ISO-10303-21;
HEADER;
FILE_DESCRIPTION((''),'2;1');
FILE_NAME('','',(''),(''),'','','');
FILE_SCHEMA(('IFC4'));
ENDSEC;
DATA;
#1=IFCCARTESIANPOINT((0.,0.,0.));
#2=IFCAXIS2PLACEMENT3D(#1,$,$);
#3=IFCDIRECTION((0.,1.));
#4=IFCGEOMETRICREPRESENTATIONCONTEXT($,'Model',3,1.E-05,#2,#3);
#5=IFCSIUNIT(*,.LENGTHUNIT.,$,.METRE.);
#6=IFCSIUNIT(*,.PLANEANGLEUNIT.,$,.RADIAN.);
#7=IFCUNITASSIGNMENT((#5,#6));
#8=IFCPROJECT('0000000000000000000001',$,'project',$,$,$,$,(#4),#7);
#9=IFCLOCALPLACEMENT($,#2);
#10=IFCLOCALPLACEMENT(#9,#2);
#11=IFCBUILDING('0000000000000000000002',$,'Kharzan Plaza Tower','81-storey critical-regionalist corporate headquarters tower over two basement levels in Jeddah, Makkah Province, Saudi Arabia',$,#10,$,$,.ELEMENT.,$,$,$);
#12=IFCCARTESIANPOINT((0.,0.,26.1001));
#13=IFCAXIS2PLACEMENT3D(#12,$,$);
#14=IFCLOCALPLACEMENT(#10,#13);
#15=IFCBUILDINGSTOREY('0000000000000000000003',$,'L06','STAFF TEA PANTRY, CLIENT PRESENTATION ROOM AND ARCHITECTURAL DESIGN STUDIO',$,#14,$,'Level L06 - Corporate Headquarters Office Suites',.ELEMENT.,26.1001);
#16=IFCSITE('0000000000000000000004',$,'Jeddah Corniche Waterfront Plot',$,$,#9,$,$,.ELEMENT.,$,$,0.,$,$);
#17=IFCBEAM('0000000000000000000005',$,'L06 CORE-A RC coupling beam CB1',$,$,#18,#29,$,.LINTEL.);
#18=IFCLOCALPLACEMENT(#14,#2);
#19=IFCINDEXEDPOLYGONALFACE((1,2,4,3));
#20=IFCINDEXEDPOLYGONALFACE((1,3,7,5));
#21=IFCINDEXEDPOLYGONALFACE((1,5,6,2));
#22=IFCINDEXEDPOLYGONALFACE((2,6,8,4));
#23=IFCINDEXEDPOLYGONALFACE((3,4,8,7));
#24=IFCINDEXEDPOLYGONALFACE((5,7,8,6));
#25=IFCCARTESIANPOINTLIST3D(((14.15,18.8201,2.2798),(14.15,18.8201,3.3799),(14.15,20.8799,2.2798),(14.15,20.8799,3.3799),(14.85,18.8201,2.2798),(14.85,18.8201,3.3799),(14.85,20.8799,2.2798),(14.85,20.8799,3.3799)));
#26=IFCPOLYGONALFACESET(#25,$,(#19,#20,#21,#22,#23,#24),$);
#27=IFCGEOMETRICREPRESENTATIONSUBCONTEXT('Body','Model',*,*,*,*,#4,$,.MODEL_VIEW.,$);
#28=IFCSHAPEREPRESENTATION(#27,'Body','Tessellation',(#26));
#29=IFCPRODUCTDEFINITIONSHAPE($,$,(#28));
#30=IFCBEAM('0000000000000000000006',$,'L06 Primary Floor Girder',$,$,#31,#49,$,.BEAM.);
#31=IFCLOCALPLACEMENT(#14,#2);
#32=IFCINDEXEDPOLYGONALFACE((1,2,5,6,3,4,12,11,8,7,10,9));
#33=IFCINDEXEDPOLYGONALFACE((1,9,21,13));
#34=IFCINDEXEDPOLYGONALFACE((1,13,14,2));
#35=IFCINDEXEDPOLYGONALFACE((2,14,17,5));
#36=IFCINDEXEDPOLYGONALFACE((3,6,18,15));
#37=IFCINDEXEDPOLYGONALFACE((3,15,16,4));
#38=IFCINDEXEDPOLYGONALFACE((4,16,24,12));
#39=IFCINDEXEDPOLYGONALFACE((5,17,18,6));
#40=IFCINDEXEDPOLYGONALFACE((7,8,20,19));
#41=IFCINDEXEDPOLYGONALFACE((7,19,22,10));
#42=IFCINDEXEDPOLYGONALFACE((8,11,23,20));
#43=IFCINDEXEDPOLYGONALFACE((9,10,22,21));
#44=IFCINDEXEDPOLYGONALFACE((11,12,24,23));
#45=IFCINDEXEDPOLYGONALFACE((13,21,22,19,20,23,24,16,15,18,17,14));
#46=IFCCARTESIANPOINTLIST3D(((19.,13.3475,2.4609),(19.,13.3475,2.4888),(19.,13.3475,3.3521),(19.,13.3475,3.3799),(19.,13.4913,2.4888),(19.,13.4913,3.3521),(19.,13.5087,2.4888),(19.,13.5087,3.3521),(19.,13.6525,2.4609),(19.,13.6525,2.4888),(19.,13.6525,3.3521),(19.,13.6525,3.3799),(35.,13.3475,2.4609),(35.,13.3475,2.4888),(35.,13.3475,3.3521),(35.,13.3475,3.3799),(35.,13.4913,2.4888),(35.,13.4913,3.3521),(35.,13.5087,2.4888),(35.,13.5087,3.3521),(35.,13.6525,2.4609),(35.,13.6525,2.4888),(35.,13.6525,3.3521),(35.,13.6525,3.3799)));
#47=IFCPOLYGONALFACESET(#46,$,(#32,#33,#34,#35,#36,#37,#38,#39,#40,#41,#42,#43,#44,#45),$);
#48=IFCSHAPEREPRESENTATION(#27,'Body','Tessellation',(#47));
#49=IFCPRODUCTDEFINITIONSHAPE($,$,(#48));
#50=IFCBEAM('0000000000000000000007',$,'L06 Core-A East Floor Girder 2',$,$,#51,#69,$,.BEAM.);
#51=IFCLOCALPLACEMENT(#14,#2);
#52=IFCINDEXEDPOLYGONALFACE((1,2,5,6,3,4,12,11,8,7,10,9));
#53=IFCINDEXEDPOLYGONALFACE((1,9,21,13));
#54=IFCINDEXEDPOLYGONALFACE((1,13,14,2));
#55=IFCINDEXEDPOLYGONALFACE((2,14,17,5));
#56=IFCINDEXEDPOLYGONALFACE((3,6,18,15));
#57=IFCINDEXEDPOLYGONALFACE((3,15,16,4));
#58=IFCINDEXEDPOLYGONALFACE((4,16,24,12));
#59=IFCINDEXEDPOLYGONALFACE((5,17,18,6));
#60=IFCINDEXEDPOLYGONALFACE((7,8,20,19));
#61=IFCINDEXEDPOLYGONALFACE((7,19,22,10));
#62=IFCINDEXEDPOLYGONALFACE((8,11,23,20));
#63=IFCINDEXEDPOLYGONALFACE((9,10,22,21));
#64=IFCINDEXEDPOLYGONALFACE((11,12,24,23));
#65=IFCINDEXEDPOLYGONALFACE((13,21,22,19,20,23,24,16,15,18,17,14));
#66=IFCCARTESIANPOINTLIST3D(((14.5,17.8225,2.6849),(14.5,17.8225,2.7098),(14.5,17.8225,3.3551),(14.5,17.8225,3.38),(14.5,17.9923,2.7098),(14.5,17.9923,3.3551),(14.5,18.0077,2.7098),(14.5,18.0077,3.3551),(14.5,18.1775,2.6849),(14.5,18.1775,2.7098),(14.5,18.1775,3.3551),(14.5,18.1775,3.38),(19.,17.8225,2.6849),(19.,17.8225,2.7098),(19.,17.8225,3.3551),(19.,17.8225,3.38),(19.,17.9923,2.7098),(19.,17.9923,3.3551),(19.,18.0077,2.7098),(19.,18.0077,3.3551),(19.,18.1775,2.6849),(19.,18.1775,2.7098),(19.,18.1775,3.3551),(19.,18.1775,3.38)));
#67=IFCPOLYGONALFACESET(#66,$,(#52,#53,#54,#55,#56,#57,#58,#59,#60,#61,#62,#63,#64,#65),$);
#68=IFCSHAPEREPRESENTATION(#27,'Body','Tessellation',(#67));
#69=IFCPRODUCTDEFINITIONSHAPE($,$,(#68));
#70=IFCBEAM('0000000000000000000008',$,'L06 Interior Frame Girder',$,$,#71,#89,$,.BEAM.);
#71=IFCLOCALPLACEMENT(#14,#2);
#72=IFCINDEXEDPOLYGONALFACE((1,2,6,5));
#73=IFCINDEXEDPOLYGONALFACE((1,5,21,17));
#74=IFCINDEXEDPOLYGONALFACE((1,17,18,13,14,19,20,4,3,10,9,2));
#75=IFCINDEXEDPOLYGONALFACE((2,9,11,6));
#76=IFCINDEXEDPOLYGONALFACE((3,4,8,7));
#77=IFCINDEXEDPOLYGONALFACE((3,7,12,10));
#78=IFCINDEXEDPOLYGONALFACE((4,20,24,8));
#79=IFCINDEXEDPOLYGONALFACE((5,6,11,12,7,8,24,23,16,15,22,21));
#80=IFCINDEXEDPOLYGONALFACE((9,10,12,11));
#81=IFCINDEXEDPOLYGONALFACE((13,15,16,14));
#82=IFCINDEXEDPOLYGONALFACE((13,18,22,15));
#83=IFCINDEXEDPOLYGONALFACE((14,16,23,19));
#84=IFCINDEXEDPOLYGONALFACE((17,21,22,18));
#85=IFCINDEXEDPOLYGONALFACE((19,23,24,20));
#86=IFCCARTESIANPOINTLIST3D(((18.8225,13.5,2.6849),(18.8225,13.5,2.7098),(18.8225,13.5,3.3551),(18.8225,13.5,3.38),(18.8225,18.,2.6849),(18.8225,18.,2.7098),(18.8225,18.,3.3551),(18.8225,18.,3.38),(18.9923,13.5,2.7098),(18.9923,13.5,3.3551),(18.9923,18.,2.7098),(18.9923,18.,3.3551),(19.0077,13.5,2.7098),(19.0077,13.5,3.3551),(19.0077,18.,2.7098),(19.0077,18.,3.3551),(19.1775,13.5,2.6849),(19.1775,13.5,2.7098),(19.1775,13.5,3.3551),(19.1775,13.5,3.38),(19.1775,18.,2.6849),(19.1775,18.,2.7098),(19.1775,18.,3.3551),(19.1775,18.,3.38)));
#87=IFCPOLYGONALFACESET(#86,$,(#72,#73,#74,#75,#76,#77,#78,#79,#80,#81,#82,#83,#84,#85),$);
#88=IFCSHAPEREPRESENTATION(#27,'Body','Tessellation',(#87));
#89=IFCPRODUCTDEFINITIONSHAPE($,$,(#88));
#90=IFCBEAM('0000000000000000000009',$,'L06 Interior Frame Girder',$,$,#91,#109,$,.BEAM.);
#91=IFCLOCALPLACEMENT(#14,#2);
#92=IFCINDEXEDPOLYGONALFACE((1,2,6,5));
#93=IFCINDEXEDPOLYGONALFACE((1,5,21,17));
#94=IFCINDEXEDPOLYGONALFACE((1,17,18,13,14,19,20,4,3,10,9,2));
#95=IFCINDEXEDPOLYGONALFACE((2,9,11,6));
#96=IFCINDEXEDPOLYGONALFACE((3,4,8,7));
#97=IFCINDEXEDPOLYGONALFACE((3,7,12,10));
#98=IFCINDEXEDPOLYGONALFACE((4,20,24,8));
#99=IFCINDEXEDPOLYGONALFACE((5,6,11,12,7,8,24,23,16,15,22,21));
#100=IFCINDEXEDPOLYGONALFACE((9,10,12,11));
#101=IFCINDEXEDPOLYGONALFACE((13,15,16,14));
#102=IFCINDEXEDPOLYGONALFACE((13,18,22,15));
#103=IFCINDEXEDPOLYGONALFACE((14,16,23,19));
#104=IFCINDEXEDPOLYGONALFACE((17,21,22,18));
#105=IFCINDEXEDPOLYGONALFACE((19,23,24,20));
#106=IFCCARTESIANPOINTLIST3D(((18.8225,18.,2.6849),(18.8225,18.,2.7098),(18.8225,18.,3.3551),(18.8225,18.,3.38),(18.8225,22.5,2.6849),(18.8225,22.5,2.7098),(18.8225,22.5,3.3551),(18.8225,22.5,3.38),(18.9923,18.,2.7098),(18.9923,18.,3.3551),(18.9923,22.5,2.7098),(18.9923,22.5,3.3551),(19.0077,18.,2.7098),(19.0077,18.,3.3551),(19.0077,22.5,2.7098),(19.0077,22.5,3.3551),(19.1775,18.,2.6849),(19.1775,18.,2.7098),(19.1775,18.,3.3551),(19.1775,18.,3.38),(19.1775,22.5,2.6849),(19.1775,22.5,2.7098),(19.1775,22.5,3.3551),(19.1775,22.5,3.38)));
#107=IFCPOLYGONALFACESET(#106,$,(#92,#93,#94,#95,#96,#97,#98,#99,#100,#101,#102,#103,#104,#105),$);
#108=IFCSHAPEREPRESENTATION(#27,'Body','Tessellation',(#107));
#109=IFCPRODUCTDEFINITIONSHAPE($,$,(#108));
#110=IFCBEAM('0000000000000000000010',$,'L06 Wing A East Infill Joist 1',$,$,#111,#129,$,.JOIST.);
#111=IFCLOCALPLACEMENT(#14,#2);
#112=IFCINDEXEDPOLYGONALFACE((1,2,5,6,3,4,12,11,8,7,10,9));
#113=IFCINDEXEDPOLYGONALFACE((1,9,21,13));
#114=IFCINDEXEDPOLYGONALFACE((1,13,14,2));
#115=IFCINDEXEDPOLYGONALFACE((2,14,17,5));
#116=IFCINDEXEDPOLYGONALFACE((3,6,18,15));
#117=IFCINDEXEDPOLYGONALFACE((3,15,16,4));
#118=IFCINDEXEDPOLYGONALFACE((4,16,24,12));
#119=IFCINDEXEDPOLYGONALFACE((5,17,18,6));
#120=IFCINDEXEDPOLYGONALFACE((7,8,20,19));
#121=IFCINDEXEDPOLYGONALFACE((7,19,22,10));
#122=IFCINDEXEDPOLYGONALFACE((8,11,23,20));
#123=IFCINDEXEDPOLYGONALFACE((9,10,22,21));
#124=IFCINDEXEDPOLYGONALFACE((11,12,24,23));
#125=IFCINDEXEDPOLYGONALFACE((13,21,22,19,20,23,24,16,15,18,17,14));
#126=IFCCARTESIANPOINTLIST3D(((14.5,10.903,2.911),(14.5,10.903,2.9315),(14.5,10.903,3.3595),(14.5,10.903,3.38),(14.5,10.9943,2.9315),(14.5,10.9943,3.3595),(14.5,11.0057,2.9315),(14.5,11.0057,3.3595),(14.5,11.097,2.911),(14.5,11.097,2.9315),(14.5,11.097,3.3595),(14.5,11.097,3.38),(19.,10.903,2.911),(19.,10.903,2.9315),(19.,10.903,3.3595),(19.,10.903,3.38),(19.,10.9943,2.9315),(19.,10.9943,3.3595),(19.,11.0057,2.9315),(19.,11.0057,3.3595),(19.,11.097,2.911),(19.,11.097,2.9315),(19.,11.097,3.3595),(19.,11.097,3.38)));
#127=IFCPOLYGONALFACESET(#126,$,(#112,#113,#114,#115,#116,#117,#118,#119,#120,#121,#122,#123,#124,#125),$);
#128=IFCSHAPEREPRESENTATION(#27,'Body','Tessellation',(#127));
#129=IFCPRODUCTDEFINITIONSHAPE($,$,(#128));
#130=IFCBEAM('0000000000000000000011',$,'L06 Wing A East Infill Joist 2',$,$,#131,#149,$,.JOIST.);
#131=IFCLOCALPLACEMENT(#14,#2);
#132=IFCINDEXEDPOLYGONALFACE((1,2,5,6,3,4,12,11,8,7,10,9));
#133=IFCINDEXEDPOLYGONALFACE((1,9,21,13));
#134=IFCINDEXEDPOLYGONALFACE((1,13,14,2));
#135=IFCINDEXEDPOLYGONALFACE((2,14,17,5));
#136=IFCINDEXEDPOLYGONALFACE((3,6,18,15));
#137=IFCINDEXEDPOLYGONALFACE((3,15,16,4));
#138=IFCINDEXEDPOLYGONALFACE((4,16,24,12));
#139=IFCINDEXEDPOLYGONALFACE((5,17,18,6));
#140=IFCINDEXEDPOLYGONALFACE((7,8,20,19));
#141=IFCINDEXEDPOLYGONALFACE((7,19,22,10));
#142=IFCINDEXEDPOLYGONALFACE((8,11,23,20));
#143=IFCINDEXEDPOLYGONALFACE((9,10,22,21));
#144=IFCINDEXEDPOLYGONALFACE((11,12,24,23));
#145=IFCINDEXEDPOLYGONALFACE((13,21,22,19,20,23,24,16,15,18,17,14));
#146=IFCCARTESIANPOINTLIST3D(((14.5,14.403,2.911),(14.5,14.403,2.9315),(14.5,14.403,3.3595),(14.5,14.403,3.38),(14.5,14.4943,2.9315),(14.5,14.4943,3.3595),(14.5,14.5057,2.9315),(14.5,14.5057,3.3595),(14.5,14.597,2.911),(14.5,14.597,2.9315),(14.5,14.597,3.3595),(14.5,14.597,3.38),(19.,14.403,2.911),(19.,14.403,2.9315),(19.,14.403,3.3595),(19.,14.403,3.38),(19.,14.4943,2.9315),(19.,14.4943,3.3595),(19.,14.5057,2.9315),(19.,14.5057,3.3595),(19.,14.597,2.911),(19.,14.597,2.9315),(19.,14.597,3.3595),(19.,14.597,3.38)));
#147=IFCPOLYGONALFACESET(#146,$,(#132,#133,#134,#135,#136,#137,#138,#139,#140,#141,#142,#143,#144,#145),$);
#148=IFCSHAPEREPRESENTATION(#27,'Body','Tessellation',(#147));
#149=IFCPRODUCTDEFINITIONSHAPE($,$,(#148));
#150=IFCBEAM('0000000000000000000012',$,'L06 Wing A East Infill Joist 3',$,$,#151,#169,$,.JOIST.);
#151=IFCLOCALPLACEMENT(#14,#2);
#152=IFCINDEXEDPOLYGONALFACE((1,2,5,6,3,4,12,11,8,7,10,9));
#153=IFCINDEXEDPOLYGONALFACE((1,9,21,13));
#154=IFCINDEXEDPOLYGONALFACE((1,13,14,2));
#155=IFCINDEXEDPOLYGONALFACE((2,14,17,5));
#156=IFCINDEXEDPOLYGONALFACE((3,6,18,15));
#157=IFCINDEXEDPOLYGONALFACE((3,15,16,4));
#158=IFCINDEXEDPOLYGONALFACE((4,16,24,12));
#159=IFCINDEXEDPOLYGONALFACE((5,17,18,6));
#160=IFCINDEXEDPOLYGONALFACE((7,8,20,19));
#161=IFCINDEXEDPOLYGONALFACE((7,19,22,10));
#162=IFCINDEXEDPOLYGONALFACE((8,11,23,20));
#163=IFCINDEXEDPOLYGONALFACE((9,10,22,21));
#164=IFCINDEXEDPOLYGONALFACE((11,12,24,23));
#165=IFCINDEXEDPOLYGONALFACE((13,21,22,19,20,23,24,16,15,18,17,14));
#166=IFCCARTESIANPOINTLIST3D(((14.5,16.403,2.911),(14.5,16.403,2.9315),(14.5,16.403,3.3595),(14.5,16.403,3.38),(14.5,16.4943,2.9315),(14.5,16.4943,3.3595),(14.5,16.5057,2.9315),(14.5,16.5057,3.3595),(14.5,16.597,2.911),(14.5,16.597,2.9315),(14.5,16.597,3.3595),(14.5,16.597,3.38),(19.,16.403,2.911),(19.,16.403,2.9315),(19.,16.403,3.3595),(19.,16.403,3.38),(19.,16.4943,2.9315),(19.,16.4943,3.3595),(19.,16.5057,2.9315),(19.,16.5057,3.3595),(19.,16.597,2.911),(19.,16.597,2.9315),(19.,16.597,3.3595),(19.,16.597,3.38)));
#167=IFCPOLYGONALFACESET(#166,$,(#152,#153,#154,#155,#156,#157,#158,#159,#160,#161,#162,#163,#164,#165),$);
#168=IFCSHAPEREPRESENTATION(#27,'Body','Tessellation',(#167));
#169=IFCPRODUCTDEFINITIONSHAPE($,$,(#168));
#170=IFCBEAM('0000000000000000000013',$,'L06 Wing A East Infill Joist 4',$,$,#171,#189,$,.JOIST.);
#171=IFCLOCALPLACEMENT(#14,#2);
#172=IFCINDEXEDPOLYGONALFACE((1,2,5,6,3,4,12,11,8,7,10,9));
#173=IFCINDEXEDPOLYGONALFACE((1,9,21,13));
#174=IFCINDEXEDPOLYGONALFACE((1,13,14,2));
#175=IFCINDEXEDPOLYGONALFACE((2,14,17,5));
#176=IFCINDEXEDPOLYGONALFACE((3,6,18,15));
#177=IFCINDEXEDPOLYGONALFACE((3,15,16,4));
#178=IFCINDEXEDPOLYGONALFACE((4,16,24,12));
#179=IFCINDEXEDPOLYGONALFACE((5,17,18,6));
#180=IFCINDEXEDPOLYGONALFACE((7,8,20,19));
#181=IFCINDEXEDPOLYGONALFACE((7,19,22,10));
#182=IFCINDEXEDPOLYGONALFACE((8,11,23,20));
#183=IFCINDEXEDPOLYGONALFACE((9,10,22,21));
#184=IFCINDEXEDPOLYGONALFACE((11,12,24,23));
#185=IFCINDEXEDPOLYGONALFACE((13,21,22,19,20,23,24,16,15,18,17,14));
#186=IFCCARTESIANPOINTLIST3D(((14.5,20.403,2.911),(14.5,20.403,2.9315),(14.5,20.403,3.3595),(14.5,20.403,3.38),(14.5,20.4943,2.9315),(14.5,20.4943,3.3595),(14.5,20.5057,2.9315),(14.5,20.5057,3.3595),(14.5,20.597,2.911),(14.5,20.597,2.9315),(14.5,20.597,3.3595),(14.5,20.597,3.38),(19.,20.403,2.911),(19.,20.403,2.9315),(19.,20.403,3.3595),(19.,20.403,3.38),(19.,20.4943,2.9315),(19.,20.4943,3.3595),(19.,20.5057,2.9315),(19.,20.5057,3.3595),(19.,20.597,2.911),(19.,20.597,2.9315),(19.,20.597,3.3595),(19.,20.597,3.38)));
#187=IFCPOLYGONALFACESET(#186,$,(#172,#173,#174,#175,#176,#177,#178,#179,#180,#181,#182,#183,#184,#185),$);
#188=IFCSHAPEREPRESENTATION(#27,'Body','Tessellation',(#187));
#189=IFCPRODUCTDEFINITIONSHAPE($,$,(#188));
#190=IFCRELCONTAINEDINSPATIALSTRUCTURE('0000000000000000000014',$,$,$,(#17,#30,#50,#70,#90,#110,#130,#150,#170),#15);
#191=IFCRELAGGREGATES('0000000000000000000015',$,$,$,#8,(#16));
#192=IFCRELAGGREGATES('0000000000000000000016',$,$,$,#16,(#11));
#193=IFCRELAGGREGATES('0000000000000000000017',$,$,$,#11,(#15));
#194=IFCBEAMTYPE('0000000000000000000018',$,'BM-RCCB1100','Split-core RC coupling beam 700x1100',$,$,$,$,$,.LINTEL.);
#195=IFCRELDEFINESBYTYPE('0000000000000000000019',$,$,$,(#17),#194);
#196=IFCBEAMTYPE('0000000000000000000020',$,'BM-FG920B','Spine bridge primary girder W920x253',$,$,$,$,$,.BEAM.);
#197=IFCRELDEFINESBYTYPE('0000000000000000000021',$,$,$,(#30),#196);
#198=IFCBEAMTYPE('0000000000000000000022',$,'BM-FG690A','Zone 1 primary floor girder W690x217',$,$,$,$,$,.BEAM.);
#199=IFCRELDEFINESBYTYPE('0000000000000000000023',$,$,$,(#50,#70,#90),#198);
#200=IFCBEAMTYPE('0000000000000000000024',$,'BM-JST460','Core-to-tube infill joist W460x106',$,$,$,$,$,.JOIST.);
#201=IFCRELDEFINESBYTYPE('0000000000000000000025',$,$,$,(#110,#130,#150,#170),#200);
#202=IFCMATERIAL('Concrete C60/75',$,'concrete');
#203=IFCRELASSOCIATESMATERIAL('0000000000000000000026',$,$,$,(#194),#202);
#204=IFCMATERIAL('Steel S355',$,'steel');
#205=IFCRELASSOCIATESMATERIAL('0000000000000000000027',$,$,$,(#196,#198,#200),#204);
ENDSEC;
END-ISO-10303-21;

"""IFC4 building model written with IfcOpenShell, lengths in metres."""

from ifc_helpers import new_model, si_unit, direction, frame, origin, origin_2d, place, context, subcontext, project, spatial, rectangle, i_section, extrude, source, transform, mapped, material, material_profile, profile_set, type_object, element, save


model = new_model("IFC4")

# Units and contexts
model_context = context("Model", 3, precision=1e-05, world=origin(), true_north=direction((0.0, 1.0)))
body_context = subcontext(model_context, "Body", "Model", "MODEL_VIEW")
ifc_project = project(units=[si_unit("LENGTHUNIT", "METRE"), si_unit("PLANEANGLEUNIT", "RADIAN")], contexts=[model_context])

# Site, building, storey
site_placement = place(None, origin())
site = spatial("IfcSite", under=ifc_project, at=site_placement, Name="Jeddah Corniche Waterfront Plot", CompositionType="ELEMENT", RefElevation=0.0)
building_placement = place(site_placement, origin())
building = spatial("IfcBuilding", under=site, at=building_placement, Name="Kharzan Plaza Tower", Description="81-storey critical-regionalist corporate headquarters tower over two basement levels in Jeddah, Makkah Province, Saudi Arabia", CompositionType="ELEMENT")
storey_placement = place(building_placement, frame((0.0, 0.0, 26.1001)))
storey = spatial("IfcBuildingStorey", under=building, at=storey_placement, Name="L06", Description="STAFF TEA PANTRY, CLIENT PRESENTATION ROOM AND ARCHITECTURAL DESIGN STUDIO", LongName="Level L06 - Corporate Headquarters Office Suites", CompositionType="ELEMENT", Elevation=26.1001)

# Beams
ifc_material_1 = material(Name="Concrete C60/75", Category="concrete")
ifc_material_profile_1 = material_profile(ifc_material_1, rectangle(XDim=0.7, YDim=1.1001, at=origin_2d()), Name="RC-CB1100x700")
ifc_profile_set_1 = profile_set([ifc_material_profile_1], Name="Concrete C60/75")
beam_type_1 = type_object("IfcBeamType", Name="BM-RCCB1100", Description="Split-core RC coupling beam 700x1100", PredefinedType="LINTEL", material=ifc_profile_set_1)
shared_shape_1 = source(origin(), body_context, "Body", "SweptSolid", [
    extrude(rectangle(XDim=0.7, YDim=1.1001, at=origin_2d()), origin(), (0.0, 0.0, 1.0), 2.0598),
])
beam_1_placement = place(storey_placement, frame((14.5, 18.8201, 2.8298), z_axis=(0.0, 1.0, 0.0), x_axis=(-1.0, 0.0, 0.0)))
element("IfcBeam", 1, at=beam_1_placement, inside=storey, type_object=beam_type_1, Name="L06 CORE-A RC coupling beam CB1", PredefinedType="LINTEL", context=body_context, shape_type="MappedRepresentation", body=[
    mapped(shared_shape_1, transform((0.0, 0.0, 0.0), x_axis=(1.0, 0.0, 0.0), y_axis=(0.0, 1.0, 0.0), z_axis=(0.0, 0.0, 1.0))),
])
ifc_material_2 = material(Name="Steel S355", Category="steel")
ifc_material_profile_2 = material_profile(ifc_material_2, i_section(OverallWidth=0.3049, OverallDepth=0.9189, WebThickness=0.0173, FlangeThickness=0.0278, at=origin_2d()), Name="W920x253")
ifc_profile_set_2 = profile_set([ifc_material_profile_2], Name="Steel S355")
beam_type_2 = type_object("IfcBeamType", Name="BM-FG920B", Description="Spine bridge primary girder W920x253", PredefinedType="BEAM", material=ifc_profile_set_2)
shared_shape_2 = source(origin(), body_context, "Body", "SweptSolid", [
    extrude(i_section(OverallWidth=0.3049, OverallDepth=0.9189, WebThickness=0.0173, FlangeThickness=0.0278, at=origin_2d()), origin(), (0.0, 0.0, 1.0), 16.0),
])
beam_2_placement = place(storey_placement, frame((19.0, 13.5, 2.9204), z_axis=(1.0, 0.0, 0.0), x_axis=(0.0, 1.0, 0.0)))
element("IfcBeam", 2, at=beam_2_placement, inside=storey, type_object=beam_type_2, Name="L06 Primary Floor Girder", PredefinedType="BEAM", context=body_context, shape_type="MappedRepresentation", body=[
    mapped(shared_shape_2, transform((0.0, 0.0, 0.0), x_axis=(1.0, 0.0, 0.0), y_axis=(0.0, 1.0, 0.0), z_axis=(0.0, 0.0, 1.0))),
])
ifc_material_profile_3 = material_profile(ifc_material_2, i_section(OverallWidth=0.355, OverallDepth=0.6951, WebThickness=0.0154, FlangeThickness=0.0249, at=origin_2d()), Name="W690x217")
ifc_profile_set_3 = profile_set([ifc_material_profile_3], Name="Steel S355")
beam_type_3 = type_object("IfcBeamType", Name="BM-FG690A", Description="Zone 1 primary floor girder W690x217", PredefinedType="BEAM", material=ifc_profile_set_3)
shared_shape_3 = source(origin(), body_context, "Body", "SweptSolid", [
    extrude(i_section(OverallWidth=0.355, OverallDepth=0.6951, WebThickness=0.0154, FlangeThickness=0.0249, at=origin_2d()), origin(), (0.0, 0.0, 1.0), 4.5),
])
for number, where, z_axis, x_axis, name in (
    (3, (14.5, 18.0, 3.0325), (1.0, 0.0, 0.0), (0.0, 1.0, 0.0), "L06 Core-A East Floor Girder 2"),
    (4, (19.0, 13.5, 3.0325), (0.0, 1.0, 0.0), (-1.0, 0.0, 0.0), "L06 Interior Frame Girder"),
    (5, (19.0, 18.0, 3.0325), (0.0, 1.0, 0.0), (-1.0, 0.0, 0.0), "L06 Interior Frame Girder"),
):
    element("IfcBeam", number, at=place(storey_placement, frame(where, z_axis=z_axis, x_axis=x_axis)), inside=storey, type_object=beam_type_3, Name=name, PredefinedType="BEAM", context=body_context, shape_type="MappedRepresentation", body=[
        mapped(shared_shape_3, transform((0.0, 0.0, 0.0), x_axis=(1.0, 0.0, 0.0), y_axis=(0.0, 1.0, 0.0), z_axis=(0.0, 0.0, 1.0))),
    ])
ifc_material_profile_4 = material_profile(ifc_material_2, i_section(OverallWidth=0.1941, OverallDepth=0.469, WebThickness=0.0115, FlangeThickness=0.0205, at=origin_2d()), Name="W460x106")
ifc_profile_set_4 = profile_set([ifc_material_profile_4], Name="Steel S355")
beam_type_4 = type_object("IfcBeamType", Name="BM-JST460", Description="Core-to-tube infill joist W460x106", PredefinedType="JOIST", material=ifc_profile_set_4)
shared_shape_4 = source(origin(), body_context, "Body", "SweptSolid", [
    extrude(i_section(OverallWidth=0.1941, OverallDepth=0.469, WebThickness=0.0115, FlangeThickness=0.0205, at=origin_2d()), origin(), (0.0, 0.0, 1.0), 4.5),
])
for number, where, z_axis, x_axis, name in (
    (6, (14.5, 11.0, 3.1455), (1.0, 0.0, 0.0), (0.0, 1.0, 0.0), "L06 Wing A East Infill Joist 1"),
    (7, (14.5, 14.5, 3.1455), (1.0, 0.0, 0.0), (0.0, 1.0, 0.0), "L06 Wing A East Infill Joist 2"),
    (8, (14.5, 16.5, 3.1455), (1.0, 0.0, 0.0), (0.0, 1.0, 0.0), "L06 Wing A East Infill Joist 3"),
    (9, (14.5, 20.5, 3.1455), (1.0, 0.0, 0.0), (0.0, 1.0, 0.0), "L06 Wing A East Infill Joist 4"),
):
    element("IfcBeam", number, at=place(storey_placement, frame(where, z_axis=z_axis, x_axis=x_axis)), inside=storey, type_object=beam_type_4, Name=name, PredefinedType="JOIST", context=body_context, shape_type="MappedRepresentation", body=[
        mapped(shared_shape_4, transform((0.0, 0.0, 0.0), x_axis=(1.0, 0.0, 0.0), y_axis=(0.0, 1.0, 0.0), z_axis=(0.0, 0.0, 1.0))),
    ])

save(model, "model.ifc")
